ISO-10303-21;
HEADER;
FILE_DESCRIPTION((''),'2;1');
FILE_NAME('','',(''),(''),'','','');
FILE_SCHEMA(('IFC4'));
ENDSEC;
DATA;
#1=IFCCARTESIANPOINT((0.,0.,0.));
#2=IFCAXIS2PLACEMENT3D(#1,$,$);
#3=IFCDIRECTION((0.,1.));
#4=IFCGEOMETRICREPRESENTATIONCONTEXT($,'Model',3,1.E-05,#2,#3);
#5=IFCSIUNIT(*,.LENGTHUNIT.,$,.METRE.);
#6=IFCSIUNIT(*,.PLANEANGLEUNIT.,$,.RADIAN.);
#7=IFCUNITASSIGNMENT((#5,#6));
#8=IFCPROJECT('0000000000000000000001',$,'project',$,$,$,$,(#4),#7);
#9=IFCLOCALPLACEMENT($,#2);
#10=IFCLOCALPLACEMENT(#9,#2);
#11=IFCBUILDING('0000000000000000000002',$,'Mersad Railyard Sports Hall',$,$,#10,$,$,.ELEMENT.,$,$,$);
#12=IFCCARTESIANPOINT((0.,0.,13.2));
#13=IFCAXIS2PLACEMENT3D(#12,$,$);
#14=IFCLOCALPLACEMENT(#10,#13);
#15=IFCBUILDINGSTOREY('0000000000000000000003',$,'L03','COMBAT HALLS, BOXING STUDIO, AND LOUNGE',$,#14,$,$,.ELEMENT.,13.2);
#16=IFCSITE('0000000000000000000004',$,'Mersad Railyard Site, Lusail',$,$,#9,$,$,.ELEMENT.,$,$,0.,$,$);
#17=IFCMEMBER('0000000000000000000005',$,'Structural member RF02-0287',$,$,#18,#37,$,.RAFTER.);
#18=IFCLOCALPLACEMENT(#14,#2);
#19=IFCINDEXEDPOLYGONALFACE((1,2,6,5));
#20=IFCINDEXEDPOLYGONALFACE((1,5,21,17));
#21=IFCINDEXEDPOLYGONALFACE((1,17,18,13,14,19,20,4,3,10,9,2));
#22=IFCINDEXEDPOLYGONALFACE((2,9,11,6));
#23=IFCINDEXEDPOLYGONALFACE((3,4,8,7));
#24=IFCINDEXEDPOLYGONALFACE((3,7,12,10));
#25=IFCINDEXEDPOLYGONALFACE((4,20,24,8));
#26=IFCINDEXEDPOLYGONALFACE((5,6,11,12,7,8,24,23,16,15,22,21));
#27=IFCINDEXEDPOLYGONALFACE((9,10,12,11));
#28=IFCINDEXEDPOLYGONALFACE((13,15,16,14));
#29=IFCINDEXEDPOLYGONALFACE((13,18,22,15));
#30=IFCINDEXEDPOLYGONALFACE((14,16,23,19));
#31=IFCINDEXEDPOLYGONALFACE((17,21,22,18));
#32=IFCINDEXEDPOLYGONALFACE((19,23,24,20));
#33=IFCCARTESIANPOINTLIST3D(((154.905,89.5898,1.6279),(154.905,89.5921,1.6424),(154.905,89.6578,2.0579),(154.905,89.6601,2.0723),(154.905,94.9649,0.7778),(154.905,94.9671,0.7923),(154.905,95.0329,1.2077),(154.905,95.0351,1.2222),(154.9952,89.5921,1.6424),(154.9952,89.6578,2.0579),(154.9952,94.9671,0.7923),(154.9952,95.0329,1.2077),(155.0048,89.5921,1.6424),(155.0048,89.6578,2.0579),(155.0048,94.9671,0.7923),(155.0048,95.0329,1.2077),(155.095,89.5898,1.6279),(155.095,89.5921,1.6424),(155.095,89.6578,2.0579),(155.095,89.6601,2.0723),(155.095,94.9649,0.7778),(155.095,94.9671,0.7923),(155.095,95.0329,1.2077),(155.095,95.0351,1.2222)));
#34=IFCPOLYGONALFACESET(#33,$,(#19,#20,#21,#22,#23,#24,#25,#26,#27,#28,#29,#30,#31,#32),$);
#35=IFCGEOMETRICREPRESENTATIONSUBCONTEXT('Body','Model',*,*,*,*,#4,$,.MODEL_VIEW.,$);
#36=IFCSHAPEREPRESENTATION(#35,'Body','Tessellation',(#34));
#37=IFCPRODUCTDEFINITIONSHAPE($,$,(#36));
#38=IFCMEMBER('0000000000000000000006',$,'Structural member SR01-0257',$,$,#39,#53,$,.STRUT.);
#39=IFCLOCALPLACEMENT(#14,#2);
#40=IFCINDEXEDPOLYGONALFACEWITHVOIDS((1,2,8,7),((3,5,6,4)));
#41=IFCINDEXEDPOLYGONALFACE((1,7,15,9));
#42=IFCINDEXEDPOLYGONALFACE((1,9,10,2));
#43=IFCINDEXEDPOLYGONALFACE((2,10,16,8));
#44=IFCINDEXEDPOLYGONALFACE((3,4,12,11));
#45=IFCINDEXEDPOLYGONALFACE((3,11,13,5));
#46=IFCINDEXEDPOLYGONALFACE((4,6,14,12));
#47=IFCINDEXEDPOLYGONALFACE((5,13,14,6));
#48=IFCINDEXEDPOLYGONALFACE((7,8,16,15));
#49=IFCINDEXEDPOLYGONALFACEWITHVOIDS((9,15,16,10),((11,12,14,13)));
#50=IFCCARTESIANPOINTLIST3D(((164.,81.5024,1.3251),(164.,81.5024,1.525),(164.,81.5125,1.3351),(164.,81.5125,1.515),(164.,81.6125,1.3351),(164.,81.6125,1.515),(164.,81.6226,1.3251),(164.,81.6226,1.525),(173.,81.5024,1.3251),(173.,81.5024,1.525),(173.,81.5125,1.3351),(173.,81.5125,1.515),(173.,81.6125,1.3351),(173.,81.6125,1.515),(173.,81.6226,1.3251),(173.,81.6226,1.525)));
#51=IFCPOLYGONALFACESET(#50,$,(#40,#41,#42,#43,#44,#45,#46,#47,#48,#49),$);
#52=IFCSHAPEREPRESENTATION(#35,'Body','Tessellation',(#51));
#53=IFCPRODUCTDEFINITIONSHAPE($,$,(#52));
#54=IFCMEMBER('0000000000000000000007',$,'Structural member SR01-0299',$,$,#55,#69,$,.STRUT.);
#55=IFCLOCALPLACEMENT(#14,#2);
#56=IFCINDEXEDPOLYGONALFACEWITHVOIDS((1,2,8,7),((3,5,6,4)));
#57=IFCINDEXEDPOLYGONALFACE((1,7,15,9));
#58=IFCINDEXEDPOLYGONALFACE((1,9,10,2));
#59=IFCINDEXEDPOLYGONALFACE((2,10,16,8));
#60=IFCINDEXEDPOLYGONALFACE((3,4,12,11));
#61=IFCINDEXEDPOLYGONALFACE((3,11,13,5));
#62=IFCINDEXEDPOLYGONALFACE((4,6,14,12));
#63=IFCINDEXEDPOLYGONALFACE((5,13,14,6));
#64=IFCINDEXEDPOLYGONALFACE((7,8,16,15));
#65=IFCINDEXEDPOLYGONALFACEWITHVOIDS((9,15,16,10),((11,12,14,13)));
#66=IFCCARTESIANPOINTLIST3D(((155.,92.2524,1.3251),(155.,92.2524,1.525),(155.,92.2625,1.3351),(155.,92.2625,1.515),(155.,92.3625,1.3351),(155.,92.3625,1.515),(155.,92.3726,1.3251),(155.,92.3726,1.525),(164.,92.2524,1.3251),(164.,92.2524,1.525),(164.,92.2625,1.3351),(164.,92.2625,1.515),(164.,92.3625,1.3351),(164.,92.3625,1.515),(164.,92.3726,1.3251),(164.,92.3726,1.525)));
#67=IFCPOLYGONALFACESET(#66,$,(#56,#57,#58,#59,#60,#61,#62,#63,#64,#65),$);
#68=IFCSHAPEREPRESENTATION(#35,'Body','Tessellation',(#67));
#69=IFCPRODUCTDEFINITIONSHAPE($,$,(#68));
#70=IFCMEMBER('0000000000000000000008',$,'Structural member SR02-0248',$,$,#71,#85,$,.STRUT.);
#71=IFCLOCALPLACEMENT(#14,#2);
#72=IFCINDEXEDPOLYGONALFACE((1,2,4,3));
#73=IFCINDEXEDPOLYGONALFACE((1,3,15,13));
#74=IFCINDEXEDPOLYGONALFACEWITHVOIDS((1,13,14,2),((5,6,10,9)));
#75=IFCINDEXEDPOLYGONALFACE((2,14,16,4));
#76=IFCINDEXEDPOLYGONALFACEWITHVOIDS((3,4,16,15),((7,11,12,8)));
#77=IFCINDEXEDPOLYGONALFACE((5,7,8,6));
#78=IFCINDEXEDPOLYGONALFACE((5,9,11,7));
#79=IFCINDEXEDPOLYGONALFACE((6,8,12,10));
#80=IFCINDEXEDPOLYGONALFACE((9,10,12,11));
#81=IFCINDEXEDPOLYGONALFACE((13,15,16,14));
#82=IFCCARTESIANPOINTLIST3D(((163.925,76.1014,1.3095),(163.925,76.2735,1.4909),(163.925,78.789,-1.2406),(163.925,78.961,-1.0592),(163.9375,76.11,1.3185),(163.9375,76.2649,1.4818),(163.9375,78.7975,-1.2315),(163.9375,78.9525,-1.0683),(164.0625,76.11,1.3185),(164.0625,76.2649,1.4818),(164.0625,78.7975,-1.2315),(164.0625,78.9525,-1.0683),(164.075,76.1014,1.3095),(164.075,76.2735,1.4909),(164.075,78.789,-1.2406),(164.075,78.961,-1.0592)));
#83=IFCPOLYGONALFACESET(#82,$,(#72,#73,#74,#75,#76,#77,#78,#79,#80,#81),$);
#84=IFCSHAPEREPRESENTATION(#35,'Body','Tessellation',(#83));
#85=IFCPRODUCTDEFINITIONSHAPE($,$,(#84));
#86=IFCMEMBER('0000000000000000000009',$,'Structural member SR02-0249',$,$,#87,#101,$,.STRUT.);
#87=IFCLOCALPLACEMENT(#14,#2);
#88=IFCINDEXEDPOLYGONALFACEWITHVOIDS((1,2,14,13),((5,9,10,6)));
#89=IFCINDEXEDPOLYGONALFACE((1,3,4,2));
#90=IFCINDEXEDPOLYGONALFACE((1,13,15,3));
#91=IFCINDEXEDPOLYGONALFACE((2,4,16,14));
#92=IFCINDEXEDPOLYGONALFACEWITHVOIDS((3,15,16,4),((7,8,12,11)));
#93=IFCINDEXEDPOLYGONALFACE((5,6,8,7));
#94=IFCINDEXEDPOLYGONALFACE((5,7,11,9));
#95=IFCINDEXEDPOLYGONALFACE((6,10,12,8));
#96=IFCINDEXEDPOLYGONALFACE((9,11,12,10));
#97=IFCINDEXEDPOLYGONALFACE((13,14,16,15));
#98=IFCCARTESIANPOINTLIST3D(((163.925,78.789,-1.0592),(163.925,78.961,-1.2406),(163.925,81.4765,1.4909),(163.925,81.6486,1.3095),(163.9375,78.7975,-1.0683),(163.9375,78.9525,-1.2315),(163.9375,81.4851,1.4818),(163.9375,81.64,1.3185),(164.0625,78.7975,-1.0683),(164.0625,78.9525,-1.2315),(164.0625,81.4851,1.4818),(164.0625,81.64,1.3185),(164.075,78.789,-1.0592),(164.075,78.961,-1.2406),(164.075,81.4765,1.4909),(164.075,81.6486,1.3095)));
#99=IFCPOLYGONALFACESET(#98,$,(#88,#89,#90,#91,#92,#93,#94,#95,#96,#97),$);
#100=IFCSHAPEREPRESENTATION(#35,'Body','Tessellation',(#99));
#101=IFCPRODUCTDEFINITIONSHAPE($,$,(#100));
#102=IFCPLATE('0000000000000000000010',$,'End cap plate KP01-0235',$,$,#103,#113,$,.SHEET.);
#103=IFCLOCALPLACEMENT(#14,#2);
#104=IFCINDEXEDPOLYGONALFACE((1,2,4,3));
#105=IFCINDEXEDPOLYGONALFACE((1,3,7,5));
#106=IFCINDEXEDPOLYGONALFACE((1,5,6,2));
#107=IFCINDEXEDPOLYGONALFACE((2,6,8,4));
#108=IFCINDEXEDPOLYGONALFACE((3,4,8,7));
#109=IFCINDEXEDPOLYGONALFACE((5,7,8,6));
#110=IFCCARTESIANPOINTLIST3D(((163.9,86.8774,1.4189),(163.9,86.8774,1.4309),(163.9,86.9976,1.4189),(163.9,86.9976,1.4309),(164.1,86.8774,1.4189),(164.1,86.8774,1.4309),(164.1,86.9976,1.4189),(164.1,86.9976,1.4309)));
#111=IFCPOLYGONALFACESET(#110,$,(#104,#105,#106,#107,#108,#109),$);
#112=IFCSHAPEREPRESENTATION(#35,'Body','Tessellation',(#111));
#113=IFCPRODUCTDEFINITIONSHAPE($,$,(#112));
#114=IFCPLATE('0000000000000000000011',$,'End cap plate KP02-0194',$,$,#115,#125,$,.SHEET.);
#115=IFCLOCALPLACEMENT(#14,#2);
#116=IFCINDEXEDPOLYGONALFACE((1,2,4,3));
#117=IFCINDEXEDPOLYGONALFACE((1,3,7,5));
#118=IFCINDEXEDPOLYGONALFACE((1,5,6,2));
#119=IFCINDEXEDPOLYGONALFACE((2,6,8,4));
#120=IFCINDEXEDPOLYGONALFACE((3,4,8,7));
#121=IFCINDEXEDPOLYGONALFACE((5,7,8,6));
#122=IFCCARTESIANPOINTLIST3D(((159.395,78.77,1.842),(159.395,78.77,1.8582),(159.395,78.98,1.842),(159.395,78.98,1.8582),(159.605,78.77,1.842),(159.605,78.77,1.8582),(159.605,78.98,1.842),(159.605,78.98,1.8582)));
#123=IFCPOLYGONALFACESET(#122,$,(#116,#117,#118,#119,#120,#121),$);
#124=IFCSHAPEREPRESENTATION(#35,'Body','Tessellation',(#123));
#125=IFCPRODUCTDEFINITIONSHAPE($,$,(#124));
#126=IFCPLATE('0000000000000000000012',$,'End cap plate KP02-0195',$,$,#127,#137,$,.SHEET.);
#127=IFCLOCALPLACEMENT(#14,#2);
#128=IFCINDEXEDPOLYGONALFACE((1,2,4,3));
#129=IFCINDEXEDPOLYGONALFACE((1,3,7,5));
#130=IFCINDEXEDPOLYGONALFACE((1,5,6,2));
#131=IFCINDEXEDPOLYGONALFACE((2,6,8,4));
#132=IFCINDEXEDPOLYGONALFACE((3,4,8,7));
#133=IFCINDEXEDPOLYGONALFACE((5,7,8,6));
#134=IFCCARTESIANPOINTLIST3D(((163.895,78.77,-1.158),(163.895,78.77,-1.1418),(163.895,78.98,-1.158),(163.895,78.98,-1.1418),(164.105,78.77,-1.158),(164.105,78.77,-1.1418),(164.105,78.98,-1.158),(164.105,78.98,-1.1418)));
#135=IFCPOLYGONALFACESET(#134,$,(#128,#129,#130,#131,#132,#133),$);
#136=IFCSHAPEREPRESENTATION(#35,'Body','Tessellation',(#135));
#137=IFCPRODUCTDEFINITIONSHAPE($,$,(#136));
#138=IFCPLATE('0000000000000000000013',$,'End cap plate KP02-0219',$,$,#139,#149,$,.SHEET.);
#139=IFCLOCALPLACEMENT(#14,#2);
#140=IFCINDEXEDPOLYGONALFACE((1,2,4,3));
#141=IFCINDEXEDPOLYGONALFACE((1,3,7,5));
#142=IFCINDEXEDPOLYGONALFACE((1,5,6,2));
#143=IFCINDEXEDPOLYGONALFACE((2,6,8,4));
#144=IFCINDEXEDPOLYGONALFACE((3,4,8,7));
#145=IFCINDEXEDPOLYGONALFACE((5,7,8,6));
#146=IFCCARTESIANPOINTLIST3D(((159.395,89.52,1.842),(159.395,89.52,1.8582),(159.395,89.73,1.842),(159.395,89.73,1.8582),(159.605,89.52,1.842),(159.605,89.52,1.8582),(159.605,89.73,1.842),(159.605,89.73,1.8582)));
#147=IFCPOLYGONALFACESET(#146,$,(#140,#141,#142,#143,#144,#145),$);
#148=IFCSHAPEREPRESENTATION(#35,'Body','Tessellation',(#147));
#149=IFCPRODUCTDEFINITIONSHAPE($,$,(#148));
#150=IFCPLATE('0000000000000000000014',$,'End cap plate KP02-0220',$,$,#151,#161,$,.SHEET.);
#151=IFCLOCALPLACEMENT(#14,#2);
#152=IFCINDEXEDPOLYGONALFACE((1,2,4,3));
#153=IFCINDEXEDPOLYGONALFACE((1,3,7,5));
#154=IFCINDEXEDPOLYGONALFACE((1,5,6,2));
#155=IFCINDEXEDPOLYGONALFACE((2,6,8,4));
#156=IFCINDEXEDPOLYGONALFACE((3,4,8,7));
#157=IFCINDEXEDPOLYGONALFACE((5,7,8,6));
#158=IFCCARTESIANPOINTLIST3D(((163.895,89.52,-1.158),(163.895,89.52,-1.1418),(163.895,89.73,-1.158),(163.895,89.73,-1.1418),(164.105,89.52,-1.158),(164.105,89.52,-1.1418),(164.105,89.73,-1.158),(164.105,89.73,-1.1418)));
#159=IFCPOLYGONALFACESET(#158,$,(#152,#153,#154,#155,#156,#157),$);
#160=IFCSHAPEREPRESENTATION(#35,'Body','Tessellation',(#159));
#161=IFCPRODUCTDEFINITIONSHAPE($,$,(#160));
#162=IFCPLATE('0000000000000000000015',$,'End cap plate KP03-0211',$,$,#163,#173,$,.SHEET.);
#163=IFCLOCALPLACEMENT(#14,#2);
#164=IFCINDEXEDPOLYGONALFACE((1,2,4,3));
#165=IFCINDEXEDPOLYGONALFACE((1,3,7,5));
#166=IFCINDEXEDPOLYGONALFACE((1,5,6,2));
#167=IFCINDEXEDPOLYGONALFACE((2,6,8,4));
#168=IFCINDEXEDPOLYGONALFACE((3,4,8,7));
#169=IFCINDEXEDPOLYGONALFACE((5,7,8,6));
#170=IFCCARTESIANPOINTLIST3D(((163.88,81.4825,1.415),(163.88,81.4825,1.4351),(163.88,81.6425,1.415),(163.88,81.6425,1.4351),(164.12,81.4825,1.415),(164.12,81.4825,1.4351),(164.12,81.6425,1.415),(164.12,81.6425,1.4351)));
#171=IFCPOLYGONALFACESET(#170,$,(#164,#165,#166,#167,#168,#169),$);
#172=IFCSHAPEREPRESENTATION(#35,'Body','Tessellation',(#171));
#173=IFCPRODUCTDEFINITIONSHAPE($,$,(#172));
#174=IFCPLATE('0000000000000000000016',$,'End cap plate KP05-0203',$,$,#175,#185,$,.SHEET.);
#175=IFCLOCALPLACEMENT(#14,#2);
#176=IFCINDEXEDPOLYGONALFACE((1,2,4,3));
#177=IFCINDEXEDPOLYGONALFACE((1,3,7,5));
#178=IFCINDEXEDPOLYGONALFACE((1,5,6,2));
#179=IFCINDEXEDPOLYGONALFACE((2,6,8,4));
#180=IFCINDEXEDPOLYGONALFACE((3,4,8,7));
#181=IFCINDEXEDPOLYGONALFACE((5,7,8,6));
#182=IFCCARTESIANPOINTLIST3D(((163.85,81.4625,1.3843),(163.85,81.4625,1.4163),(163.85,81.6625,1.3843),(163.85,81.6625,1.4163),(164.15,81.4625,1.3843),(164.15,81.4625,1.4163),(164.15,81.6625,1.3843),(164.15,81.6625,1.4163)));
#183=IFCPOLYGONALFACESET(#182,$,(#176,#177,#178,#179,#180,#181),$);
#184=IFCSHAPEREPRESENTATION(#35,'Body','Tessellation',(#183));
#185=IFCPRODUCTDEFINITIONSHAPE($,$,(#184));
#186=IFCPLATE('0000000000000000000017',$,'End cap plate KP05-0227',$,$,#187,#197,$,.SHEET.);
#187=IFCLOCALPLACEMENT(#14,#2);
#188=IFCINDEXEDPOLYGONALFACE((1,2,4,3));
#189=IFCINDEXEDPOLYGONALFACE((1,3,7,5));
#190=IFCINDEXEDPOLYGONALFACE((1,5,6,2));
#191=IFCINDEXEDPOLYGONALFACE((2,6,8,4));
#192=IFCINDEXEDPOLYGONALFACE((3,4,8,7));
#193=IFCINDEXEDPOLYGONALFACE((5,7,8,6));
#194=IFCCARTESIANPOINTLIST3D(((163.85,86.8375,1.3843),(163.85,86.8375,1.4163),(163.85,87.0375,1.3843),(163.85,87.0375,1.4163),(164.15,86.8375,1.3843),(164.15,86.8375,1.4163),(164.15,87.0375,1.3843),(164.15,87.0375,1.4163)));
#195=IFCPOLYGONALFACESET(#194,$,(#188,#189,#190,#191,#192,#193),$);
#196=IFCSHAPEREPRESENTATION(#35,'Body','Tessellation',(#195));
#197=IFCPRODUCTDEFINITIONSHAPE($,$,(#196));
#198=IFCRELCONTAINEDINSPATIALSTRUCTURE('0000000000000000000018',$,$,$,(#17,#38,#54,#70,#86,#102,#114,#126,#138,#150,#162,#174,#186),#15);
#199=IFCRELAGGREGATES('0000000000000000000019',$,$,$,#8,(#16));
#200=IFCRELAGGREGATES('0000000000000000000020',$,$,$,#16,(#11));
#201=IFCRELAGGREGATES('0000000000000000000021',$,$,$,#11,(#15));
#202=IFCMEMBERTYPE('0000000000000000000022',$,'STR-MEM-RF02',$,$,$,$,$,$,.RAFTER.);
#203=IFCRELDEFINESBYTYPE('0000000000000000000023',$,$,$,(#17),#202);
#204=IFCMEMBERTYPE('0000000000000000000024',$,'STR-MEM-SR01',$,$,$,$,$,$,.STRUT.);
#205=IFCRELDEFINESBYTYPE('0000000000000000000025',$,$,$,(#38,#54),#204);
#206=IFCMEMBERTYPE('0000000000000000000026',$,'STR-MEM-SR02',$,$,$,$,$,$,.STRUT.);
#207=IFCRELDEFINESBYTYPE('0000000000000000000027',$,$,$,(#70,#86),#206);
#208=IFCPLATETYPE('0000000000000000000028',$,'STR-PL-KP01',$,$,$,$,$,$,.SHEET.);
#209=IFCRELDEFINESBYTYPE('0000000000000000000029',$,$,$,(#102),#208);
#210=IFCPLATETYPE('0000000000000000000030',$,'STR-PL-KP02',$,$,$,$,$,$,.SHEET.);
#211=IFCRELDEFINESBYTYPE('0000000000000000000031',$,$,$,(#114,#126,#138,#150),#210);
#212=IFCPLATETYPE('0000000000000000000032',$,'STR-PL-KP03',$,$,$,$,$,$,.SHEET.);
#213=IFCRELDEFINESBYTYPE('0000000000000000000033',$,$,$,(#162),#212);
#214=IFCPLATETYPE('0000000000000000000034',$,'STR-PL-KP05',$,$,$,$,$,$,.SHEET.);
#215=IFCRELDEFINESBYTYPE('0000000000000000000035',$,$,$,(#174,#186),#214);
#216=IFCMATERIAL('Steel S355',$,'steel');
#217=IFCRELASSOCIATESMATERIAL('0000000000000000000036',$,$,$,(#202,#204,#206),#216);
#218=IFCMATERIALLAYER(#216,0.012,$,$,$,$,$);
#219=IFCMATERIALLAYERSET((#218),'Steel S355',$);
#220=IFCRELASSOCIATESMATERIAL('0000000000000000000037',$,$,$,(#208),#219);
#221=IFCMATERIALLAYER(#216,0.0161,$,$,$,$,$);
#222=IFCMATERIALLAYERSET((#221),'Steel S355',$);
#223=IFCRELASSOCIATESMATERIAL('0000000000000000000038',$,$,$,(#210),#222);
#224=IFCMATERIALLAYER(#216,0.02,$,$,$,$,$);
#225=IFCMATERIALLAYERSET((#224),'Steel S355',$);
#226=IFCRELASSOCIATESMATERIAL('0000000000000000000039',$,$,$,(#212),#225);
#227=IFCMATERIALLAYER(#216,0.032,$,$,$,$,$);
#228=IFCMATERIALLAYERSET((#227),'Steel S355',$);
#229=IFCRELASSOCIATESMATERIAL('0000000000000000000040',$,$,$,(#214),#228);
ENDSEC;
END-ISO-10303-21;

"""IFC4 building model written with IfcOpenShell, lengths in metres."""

from ifc_helpers import new_model, si_unit, direction, frame, origin, origin_2d, place, context, subcontext, project, spatial, rectangle, hollow_rectangle, i_section, extrude, material, layer, layer_set, material_profile, profile_set, type_object, element, save


model = new_model("IFC4")

# Units and contexts
model_context = context("Model", 3, precision=1e-05, world=origin(), true_north=direction((0.0, 1.0)))
body_context = subcontext(model_context, "Body", "Model", "MODEL_VIEW")
ifc_project = project(units=[si_unit("LENGTHUNIT", "METRE"), si_unit("PLANEANGLEUNIT", "RADIAN")], contexts=[model_context])

# Site, building, storey
site_placement = place(None, origin())
site = spatial("IfcSite", under=ifc_project, at=site_placement, Name="Mersad Railyard Site, Lusail", CompositionType="ELEMENT", RefElevation=0.0)
building_placement = place(site_placement, origin())
building = spatial("IfcBuilding", under=site, at=building_placement, Name="Mersad Railyard Sports Hall", CompositionType="ELEMENT")
storey_placement = place(building_placement, frame((0.0, 0.0, 13.2)))
storey = spatial("IfcBuildingStorey", under=building, at=storey_placement, Name="L03", Description="COMBAT HALLS, BOXING STUDIO, AND LOUNGE", CompositionType="ELEMENT", Elevation=13.2)

# Members
ifc_material_1 = material(Name="Steel S355", Category="steel")
ifc_material_profile_1 = material_profile(ifc_material_1, i_section(OverallWidth=0.1899, OverallDepth=0.45, WebThickness=0.0095, FlangeThickness=0.0146, at=origin_2d()), Name="IPE 450")
ifc_profile_set_1 = profile_set([ifc_material_profile_1], Name="Steel S355")
member_type_1 = type_object("IfcMemberType", Name="STR-MEM-RF02", PredefinedType="RAFTER", material=ifc_profile_set_1)
for number, where, z_axis, x_axis, name in (
    (1, (155.0, 95.0, 1.0), (0.0, -0.987723, 0.156216), (1.0, 0.0, 0.0), "Structural member RF02-0287"),
):
    element("IfcMember", number, at=place(storey_placement, frame(where, z_axis=z_axis, x_axis=x_axis)), inside=storey, type_object=member_type_1, Name=name, PredefinedType="RAFTER", context=body_context, shape_type="SweptSolid", body=[
        extrude(i_section(OverallWidth=0.1899, OverallDepth=0.45, WebThickness=0.0095, FlangeThickness=0.0146, at=origin_2d()), origin(), (0.0, 0.0, 1.0), 5.4419),
    ])
ifc_material_profile_2 = material_profile(ifc_material_1, hollow_rectangle(XDim=0.1201, YDim=0.2, WallThickness=0.01, at=origin_2d()), Name="RHS 200x120x10")
ifc_profile_set_2 = profile_set([ifc_material_profile_2], Name="Steel S355")
member_type_2 = type_object("IfcMemberType", Name="STR-MEM-SR01", PredefinedType="STRUT", material=ifc_profile_set_2)
for number, where, z_axis, x_axis, name in (
    (2, (164.0, 81.5625, 1.425), (1.0, 0.0, 0.0), (0.0, 1.0, 0.0), "Structural member SR01-0257"),
    (3, (155.0, 92.3125, 1.425), (1.0, 0.0, 0.0), (0.0, 1.0, 0.0), "Structural member SR01-0299"),
):
    element("IfcMember", number, at=place(storey_placement, frame(where, z_axis=z_axis, x_axis=x_axis)), inside=storey, type_object=member_type_2, Name=name, PredefinedType="STRUT", context=body_context, shape_type="SweptSolid", body=[
        extrude(hollow_rectangle(XDim=0.1201, YDim=0.2, WallThickness=0.01, at=origin_2d()), origin(), (0.0, 0.0, 1.0), 9.0),
    ])
ifc_material_profile_3 = material_profile(ifc_material_1, hollow_rectangle(XDim=0.1499, YDim=0.25, WallThickness=0.0125, at=origin_2d()), Name="RHS 250x150x12.5")
ifc_profile_set_3 = profile_set([ifc_material_profile_3], Name="Steel S355")
member_type_3 = type_object("IfcMemberType", Name="STR-MEM-SR02", PredefinedType="STRUT", material=ifc_profile_set_3)
for number, where, z_axis, x_axis, name in (
    (4, (164.0, 78.875, -1.1499), (0.0, -0.725414, 0.688313), (1.0, 0.0, 0.0), "Structural member SR02-0248"),
    (5, (164.0, 78.875, -1.1499), (0.0, 0.725414, 0.688313), (-1.0, 0.0, 0.0), "Structural member SR02-0249"),
):
    element("IfcMember", number, at=place(storey_placement, frame(where, z_axis=z_axis, x_axis=x_axis)), inside=storey, type_object=member_type_3, Name=name, PredefinedType="STRUT", context=body_context, shape_type="SweptSolid", body=[
        extrude(hollow_rectangle(XDim=0.1499, YDim=0.25, WallThickness=0.0125, at=origin_2d()), origin(), (0.0, 0.0, 1.0), 3.7048),
    ])

# Plates
ifc_layer_1 = layer(ifc_material_1, 0.012)
ifc_layer_set_1 = layer_set([ifc_layer_1], Name="Steel S355")
plate_type_1 = type_object("IfcPlateType", Name="STR-PL-KP01", PredefinedType="SHEET", material=ifc_layer_set_1)
plate_1_placement = place(storey_placement, frame((164.0, 86.9375, 1.4189), z_axis=(0.0, 0.0, 1.0), x_axis=(1.0, 0.0, 0.0)))
element("IfcPlate", 6, at=plate_1_placement, inside=storey, type_object=plate_type_1, Name="End cap plate KP01-0235", PredefinedType="SHEET", context=body_context, shape_type="SweptSolid", body=[
    extrude(rectangle(XDim=0.2, YDim=0.1201, at=origin_2d()), origin(), (0.0, 0.0, 1.0), 0.012),
])
ifc_layer_2 = layer(ifc_material_1, 0.0161)
ifc_layer_set_2 = layer_set([ifc_layer_2], Name="Steel S355")
plate_type_2 = type_object("IfcPlateType", Name="STR-PL-KP02", PredefinedType="SHEET", material=ifc_layer_set_2)
for number, where, z_axis, x_axis, name in (
    (7, (159.5, 78.875, 1.842), (0.0, 0.0, 1.0), (1.0, 0.0, 0.0), "End cap plate KP02-0194"),
    (8, (164.0, 78.875, -1.158), (0.0, 0.0, 1.0), (1.0, 0.0, 0.0), "End cap plate KP02-0195"),
    (9, (159.5, 89.625, 1.842), (0.0, 0.0, 1.0), (1.0, 0.0, 0.0), "End cap plate KP02-0219"),
    (10, (164.0, 89.625, -1.158), (0.0, 0.0, 1.0), (1.0, 0.0, 0.0), "End cap plate KP02-0220"),
):
    element("IfcPlate", number, at=place(storey_placement, frame(where, z_axis=z_axis, x_axis=x_axis)), inside=storey, type_object=plate_type_2, Name=name, PredefinedType="SHEET", context=body_context, shape_type="SweptSolid", body=[
        extrude(rectangle(XDim=0.21, YDim=0.21, at=origin_2d()), origin(), (0.0, 0.0, 1.0), 0.0161),
    ])
ifc_layer_3 = layer(ifc_material_1, 0.02)
ifc_layer_set_3 = layer_set([ifc_layer_3], Name="Steel S355")
plate_type_3 = type_object("IfcPlateType", Name="STR-PL-KP03", PredefinedType="SHEET", material=ifc_layer_set_3)
plate_2_placement = place(storey_placement, frame((164.0, 81.5625, 1.415), z_axis=(0.0, 0.0, 1.0), x_axis=(1.0, 0.0, 0.0)))
element("IfcPlate", 11, at=plate_2_placement, inside=storey, type_object=plate_type_3, Name="End cap plate KP03-0211", PredefinedType="SHEET", context=body_context, shape_type="SweptSolid", body=[
    extrude(rectangle(XDim=0.24, YDim=0.1599, at=origin_2d()), origin(), (0.0, 0.0, 1.0), 0.02),
])
ifc_layer_4 = layer(ifc_material_1, 0.032)
ifc_layer_set_4 = layer_set([ifc_layer_4], Name="Steel S355")
plate_type_4 = type_object("IfcPlateType", Name="STR-PL-KP05", PredefinedType="SHEET", material=ifc_layer_set_4)
for number, where, z_axis, x_axis, name in (
    (12, (164.0, 81.5625, 1.3843), (0.0, 0.0, 1.0), (1.0, 0.0, 0.0), "End cap plate KP05-0203"),
    (13, (164.0, 86.9375, 1.3843), (0.0, 0.0, 1.0), (1.0, 0.0, 0.0), "End cap plate KP05-0227"),
):
    element("IfcPlate", number, at=place(storey_placement, frame(where, z_axis=z_axis, x_axis=x_axis)), inside=storey, type_object=plate_type_4, Name=name, PredefinedType="SHEET", context=body_context, shape_type="SweptSolid", body=[
        extrude(rectangle(XDim=0.3, YDim=0.2, at=origin_2d()), origin(), (0.0, 0.0, 1.0), 0.032),
    ])

save(model, "model.ifc")
